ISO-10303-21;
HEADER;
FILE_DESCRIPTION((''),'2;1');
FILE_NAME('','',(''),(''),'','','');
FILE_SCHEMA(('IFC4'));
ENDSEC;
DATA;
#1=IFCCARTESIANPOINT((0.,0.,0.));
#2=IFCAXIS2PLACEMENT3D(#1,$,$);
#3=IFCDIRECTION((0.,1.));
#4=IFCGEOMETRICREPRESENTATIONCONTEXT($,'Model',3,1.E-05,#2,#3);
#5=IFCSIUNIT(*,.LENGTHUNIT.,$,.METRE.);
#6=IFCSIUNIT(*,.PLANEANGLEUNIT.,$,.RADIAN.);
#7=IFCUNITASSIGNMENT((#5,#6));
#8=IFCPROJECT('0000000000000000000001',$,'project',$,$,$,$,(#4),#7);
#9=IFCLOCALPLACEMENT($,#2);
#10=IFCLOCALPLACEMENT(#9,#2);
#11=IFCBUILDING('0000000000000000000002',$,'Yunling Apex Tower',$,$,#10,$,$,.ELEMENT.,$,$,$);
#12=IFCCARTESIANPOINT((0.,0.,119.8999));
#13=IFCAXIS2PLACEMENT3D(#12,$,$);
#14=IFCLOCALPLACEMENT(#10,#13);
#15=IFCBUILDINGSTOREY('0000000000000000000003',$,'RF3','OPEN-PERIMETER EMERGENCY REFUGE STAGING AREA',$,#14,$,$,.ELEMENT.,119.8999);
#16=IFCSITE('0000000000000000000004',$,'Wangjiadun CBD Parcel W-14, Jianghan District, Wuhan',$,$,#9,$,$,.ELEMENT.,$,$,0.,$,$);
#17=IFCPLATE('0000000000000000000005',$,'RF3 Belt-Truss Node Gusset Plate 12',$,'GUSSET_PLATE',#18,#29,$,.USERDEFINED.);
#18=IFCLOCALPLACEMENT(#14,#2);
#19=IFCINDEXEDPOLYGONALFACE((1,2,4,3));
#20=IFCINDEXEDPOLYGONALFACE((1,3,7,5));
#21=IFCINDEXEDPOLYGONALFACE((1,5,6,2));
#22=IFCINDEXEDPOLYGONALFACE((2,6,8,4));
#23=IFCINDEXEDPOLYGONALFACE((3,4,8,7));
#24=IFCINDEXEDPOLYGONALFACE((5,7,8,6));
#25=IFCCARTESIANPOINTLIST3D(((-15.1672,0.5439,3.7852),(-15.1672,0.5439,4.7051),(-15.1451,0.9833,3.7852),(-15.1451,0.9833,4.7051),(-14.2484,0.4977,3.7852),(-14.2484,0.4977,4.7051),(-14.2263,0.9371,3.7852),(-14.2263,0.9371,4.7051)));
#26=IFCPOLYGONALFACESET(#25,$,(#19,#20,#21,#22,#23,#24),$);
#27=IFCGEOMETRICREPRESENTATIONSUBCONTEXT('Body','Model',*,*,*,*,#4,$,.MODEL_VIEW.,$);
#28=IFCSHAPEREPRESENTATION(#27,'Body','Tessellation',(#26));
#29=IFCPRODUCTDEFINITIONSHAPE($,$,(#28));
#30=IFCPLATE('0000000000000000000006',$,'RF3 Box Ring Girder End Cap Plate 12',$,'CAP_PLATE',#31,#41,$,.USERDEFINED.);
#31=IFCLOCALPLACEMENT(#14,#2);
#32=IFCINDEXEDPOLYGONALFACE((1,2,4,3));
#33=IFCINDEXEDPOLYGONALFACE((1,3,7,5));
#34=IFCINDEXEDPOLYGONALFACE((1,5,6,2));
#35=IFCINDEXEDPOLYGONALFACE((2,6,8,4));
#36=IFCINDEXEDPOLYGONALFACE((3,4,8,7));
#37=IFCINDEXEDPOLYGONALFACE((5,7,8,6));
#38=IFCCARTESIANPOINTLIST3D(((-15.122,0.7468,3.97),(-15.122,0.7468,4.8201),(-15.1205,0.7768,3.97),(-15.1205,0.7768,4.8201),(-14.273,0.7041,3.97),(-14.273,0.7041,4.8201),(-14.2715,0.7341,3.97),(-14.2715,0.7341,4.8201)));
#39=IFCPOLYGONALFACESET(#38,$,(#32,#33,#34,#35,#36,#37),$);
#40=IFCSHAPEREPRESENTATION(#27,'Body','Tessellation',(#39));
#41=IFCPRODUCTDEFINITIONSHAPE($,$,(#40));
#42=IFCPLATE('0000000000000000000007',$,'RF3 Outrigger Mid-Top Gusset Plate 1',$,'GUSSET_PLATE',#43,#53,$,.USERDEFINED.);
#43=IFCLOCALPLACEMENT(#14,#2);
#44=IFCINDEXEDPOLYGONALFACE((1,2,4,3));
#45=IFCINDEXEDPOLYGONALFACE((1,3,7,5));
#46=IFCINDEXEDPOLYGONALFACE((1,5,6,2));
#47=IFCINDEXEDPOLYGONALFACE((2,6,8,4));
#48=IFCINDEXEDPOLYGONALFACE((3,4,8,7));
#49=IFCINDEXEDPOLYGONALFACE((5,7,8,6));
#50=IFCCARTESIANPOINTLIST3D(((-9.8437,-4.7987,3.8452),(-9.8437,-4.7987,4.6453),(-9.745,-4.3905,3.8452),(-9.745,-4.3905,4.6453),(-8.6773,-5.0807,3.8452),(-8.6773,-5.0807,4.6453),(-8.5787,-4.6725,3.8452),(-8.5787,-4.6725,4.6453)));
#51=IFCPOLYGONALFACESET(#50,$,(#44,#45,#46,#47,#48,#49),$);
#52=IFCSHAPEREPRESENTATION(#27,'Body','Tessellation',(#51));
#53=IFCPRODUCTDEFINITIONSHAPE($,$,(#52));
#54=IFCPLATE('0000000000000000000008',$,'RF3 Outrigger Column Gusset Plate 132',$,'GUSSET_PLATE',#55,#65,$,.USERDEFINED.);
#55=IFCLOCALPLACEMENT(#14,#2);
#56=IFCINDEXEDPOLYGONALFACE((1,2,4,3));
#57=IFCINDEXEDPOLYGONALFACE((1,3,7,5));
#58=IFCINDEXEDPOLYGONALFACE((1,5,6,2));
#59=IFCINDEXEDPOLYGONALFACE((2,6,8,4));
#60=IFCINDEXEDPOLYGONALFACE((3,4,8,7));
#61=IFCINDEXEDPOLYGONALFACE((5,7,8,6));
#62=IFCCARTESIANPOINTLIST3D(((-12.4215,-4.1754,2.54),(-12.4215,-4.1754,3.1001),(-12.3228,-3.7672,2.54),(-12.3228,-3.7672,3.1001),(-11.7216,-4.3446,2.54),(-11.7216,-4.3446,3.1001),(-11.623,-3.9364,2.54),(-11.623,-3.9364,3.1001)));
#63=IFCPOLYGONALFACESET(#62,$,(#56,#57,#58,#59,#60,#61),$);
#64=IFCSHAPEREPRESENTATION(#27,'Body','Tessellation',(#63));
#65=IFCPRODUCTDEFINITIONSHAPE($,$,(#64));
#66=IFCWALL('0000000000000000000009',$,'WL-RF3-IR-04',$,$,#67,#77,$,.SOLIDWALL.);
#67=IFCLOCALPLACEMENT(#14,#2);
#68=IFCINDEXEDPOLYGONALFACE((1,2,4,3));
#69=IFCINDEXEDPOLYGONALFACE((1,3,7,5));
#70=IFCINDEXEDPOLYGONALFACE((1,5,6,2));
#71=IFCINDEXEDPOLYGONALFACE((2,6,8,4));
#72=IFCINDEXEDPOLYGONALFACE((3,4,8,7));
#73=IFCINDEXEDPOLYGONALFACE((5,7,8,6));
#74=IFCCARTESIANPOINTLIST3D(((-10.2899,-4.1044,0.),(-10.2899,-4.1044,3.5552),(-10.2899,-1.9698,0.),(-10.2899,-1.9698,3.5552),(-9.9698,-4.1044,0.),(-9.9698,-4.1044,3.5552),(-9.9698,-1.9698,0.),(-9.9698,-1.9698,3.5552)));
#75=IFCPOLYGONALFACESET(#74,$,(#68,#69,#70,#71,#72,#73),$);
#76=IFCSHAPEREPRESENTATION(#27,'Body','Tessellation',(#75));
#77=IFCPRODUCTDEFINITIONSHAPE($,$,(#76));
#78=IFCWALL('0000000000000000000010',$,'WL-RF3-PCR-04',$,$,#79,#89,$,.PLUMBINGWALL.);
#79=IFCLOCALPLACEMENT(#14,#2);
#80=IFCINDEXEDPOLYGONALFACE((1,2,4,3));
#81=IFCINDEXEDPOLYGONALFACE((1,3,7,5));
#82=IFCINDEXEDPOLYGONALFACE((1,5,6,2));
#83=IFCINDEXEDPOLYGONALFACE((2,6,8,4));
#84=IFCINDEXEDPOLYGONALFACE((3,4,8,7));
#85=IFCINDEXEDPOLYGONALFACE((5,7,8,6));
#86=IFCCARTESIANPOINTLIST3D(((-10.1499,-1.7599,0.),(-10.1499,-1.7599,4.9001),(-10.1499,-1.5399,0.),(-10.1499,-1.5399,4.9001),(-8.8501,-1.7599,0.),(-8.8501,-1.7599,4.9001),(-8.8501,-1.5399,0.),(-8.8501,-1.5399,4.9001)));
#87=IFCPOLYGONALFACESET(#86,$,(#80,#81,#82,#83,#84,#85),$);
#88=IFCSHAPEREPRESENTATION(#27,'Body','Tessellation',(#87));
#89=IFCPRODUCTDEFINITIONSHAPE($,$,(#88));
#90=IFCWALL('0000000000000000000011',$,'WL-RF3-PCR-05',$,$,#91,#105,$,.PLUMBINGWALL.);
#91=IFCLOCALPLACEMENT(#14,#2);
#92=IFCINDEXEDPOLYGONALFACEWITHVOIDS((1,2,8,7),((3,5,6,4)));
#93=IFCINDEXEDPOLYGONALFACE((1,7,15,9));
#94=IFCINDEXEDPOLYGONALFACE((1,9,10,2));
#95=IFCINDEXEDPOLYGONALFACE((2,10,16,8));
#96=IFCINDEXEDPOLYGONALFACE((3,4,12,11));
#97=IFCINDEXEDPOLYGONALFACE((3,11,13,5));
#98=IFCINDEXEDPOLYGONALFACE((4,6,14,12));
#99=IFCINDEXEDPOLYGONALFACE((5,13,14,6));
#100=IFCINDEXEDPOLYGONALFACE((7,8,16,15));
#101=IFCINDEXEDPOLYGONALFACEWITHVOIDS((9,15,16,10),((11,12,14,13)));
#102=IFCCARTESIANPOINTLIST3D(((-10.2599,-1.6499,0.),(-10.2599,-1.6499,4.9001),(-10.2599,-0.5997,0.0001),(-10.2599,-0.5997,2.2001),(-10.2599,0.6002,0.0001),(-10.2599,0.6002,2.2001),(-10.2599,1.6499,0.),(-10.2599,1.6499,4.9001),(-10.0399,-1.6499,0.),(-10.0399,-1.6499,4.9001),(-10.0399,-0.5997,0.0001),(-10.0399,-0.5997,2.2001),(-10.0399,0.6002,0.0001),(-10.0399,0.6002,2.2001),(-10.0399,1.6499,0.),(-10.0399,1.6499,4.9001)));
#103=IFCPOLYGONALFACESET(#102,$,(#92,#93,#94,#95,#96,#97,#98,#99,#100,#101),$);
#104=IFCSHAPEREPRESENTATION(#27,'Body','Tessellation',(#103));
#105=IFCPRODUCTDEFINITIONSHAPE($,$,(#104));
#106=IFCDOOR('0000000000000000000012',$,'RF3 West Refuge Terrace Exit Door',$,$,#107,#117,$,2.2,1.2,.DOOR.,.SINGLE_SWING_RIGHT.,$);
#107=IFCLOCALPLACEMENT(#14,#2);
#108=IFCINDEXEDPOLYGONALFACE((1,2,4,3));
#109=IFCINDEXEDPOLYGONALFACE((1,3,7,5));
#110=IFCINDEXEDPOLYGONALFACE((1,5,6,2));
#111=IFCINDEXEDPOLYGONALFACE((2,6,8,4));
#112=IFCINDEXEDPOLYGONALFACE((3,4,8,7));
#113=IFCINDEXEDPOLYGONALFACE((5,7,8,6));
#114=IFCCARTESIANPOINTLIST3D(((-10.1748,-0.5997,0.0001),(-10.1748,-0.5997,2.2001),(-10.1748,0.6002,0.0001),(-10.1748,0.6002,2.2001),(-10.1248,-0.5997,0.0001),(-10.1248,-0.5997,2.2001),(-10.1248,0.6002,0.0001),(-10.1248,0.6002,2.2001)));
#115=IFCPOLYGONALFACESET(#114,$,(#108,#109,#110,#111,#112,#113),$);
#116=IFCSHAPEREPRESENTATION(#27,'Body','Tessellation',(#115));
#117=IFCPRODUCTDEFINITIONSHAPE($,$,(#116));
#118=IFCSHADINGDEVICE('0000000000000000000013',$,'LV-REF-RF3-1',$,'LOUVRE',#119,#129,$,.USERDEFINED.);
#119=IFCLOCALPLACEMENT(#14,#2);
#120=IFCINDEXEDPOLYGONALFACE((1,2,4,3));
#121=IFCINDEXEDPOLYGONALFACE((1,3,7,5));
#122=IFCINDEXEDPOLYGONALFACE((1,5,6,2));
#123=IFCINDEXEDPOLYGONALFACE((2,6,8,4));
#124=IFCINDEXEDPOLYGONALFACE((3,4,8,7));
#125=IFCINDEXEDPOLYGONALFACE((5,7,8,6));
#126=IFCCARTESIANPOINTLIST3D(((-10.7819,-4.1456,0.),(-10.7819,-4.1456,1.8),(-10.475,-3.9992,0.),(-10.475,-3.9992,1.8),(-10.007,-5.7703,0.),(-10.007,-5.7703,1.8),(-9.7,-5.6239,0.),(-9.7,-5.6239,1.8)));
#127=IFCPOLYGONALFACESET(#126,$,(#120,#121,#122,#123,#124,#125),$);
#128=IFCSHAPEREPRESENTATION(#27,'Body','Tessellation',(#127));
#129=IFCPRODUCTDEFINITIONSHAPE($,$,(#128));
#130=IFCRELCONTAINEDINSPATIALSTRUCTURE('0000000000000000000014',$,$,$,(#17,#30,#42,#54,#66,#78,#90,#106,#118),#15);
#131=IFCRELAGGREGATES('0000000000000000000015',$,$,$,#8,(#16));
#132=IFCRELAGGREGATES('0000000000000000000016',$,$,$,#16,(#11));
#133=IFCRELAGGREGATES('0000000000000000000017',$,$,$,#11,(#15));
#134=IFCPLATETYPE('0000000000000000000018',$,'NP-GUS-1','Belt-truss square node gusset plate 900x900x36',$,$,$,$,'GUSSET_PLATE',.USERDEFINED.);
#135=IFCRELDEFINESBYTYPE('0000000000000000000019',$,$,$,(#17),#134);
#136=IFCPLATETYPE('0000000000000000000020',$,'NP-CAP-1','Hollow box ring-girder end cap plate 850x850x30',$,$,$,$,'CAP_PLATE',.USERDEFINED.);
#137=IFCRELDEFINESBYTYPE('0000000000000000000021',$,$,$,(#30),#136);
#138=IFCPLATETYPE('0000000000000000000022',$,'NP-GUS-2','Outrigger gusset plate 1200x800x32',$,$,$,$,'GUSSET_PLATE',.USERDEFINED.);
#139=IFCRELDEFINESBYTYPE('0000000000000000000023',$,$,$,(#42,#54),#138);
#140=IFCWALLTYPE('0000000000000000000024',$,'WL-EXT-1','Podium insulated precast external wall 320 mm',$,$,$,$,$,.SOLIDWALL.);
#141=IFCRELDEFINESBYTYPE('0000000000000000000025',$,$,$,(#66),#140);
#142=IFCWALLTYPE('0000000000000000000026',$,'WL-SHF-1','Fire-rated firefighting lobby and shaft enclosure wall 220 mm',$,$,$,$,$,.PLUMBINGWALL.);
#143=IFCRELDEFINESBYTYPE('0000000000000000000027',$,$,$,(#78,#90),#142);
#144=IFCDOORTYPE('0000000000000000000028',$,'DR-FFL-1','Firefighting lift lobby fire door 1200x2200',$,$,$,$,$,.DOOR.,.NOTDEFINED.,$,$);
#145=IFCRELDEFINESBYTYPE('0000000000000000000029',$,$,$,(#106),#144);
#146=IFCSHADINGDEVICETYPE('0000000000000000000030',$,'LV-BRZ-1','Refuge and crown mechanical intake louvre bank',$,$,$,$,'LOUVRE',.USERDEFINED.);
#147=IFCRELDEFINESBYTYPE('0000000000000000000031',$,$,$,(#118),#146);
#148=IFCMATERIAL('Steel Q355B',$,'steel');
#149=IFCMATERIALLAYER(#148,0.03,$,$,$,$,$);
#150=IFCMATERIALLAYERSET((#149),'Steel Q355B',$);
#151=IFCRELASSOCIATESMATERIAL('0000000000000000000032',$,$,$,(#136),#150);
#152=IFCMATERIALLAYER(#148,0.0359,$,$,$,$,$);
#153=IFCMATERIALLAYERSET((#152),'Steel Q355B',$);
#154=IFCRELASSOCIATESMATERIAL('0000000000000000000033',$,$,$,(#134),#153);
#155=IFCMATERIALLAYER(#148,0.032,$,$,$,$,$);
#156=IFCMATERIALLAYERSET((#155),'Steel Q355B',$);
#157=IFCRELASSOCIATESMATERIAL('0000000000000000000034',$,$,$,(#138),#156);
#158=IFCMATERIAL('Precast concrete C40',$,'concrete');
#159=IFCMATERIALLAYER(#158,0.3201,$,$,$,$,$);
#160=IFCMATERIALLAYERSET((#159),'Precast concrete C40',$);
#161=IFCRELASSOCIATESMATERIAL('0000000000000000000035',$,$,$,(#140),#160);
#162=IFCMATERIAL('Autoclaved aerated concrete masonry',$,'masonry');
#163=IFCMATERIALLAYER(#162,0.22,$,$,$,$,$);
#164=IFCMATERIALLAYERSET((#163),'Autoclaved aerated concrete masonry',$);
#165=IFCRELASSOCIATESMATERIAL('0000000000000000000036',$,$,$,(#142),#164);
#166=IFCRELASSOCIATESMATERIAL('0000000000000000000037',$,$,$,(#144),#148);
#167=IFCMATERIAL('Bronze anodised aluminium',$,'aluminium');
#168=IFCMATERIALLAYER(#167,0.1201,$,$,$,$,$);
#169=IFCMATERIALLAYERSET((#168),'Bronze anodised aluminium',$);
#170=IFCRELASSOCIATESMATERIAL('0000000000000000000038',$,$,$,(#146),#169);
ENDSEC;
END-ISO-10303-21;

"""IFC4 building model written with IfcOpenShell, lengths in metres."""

from ifc_helpers import new_model, si_unit, direction, frame, frame_2d, origin, origin_2d, place, context, subcontext, project, spatial, rectangle, extrude, source, transform, mapped, material, layer, layer_set, type_object, element, fill, save


model = new_model("IFC4")

# Units and contexts
model_context = context("Model", 3, precision=1e-05, world=origin(), true_north=direction((0.0, 1.0)))
body_context = subcontext(model_context, "Body", "Model", "MODEL_VIEW")
ifc_project = project(units=[si_unit("LENGTHUNIT", "METRE"), si_unit("PLANEANGLEUNIT", "RADIAN")], contexts=[model_context])

# Site, building, storey
site_placement = place(None, origin())
site = spatial("IfcSite", under=ifc_project, at=site_placement, Name="Wangjiadun CBD Parcel W-14, Jianghan District, Wuhan", CompositionType="ELEMENT", RefElevation=0.0)
building_placement = place(site_placement, origin())
building = spatial("IfcBuilding", under=site, at=building_placement, Name="Yunling Apex Tower", CompositionType="ELEMENT")
storey_placement = place(building_placement, frame((0.0, 0.0, 119.8999)))
storey = spatial("IfcBuildingStorey", under=building, at=storey_placement, Name="RF3", Description="OPEN-PERIMETER EMERGENCY REFUGE STAGING AREA", CompositionType="ELEMENT", Elevation=119.8999)

# Shared definitions
ifc_material_1 = material(Name="Steel Q355B", Category="steel")

# Plates
ifc_layer_1 = layer(ifc_material_1, 0.03)
ifc_layer_set_1 = layer_set([ifc_layer_1], Name="Steel Q355B")
plate_type_1 = type_object("IfcPlateType", Name="NP-CAP-1", Description="Hollow box ring-girder end cap plate 850x850x30", ElementType="CAP_PLATE", PredefinedType="USERDEFINED", material=ifc_layer_set_1)
ifc_layer_2 = layer(ifc_material_1, 0.0359)
ifc_layer_set_2 = layer_set([ifc_layer_2], Name="Steel Q355B")
plate_type_2 = type_object("IfcPlateType", Name="NP-GUS-1", Description="Belt-truss square node gusset plate 900x900x36", ElementType="GUSSET_PLATE", PredefinedType="USERDEFINED", material=ifc_layer_set_2)
shared_shape_1 = source(origin(), body_context, "Body", "SweptSolid", [
    extrude(rectangle(XDim=0.9199, YDim=0.4399, at=origin_2d()), origin(), (0.0, 0.0, 1.0), 0.9199),
])
plate_1_placement = place(storey_placement, frame((-14.6968, 0.7405, 3.7852), z_axis=(0.0, 0.0, 1.0), x_axis=(-0.998737, 0.050244, 0.0)))
element("IfcPlate", 1, at=plate_1_placement, inside=storey, type_object=plate_type_2, Name="RF3 Belt-Truss Node Gusset Plate 12", ObjectType="GUSSET_PLATE", PredefinedType="USERDEFINED", context=body_context, shape_type="MappedRepresentation", body=[
    mapped(shared_shape_1, transform((0.0, 0.0, 0.0), scale=1.0)),
])
shared_shape_2 = source(origin(), body_context, "Body", "SweptSolid", [
    extrude(rectangle(XDim=0.8501, YDim=0.03, at=origin_2d()), origin(), (0.0, 0.0, 1.0), 0.8501),
])
plate_2_placement = place(storey_placement, frame((-14.6968, 0.7405, 3.97), z_axis=(0.0, 0.0, 1.0), x_axis=(-0.998737, 0.050244, 0.0)))
element("IfcPlate", 2, at=plate_2_placement, inside=storey, type_object=plate_type_1, Name="RF3 Box Ring Girder End Cap Plate 12", ObjectType="CAP_PLATE", PredefinedType="USERDEFINED", context=body_context, shape_type="MappedRepresentation", body=[
    mapped(shared_shape_2, transform((0.0, 0.0, 0.0), scale=1.0)),
])
ifc_layer_3 = layer(ifc_material_1, 0.032)
ifc_layer_set_3 = layer_set([ifc_layer_3], Name="Steel Q355B")
plate_type_3 = type_object("IfcPlateType", Name="NP-GUS-2", Description="Outrigger gusset plate 1200x800x32", ElementType="GUSSET_PLATE", PredefinedType="USERDEFINED", material=ifc_layer_set_3)
shared_shape_3 = source(origin(), body_context, "Body", "SweptSolid", [
    extrude(rectangle(XDim=1.2, YDim=0.4199, at=origin_2d()), origin(), (0.0, 0.0, 1.0), 0.8),
])
plate_3_placement = place(storey_placement, frame((-9.2112, -4.7356, 3.8452), z_axis=(0.0, 0.0, 1.0), x_axis=(-0.972002, 0.234972, 0.0)))
element("IfcPlate", 3, at=plate_3_placement, inside=storey, type_object=plate_type_3, Name="RF3 Outrigger Mid-Top Gusset Plate 1", ObjectType="GUSSET_PLATE", PredefinedType="USERDEFINED", context=body_context, shape_type="MappedRepresentation", body=[
    mapped(shared_shape_3, transform((0.0, 0.0, 0.0), scale=1.0)),
])
shared_shape_4 = source(origin(), body_context, "Body", "SweptSolid", [
    extrude(rectangle(XDim=0.72, YDim=0.4199, at=origin_2d()), origin(), (0.0, 0.0, 1.0), 0.5601),
])
plate_4_placement = place(storey_placement, frame((-12.0222, -4.0559, 2.54), z_axis=(0.0, 0.0, 1.0), x_axis=(-0.972002, 0.234972, 0.0)))
element("IfcPlate", 4, at=plate_4_placement, inside=storey, type_object=plate_type_3, Name="RF3 Outrigger Column Gusset Plate 132", ObjectType="GUSSET_PLATE", PredefinedType="USERDEFINED", context=body_context, shape_type="MappedRepresentation", body=[
    mapped(shared_shape_4, transform((0.0, 0.0, 0.0), scale=1.0)),
])

# Walls
ifc_material_2 = material(Name="Precast concrete C40", Category="concrete")
ifc_layer_4 = layer(ifc_material_2, 0.3201)
ifc_layer_set_4 = layer_set([ifc_layer_4], Name="Precast concrete C40")
wall_type_1 = type_object("IfcWallType", Name="WL-EXT-1", Description="Podium insulated precast external wall 320 mm", PredefinedType="SOLIDWALL", material=ifc_layer_set_4)
wall_1_placement = place(storey_placement, frame((-10.1299, -4.1045, 0.0), z_axis=(0.0, 0.0, 1.0), x_axis=(0.0, 1.0, 0.0)))
element("IfcWall", 5, at=wall_1_placement, inside=storey, type_object=wall_type_1, Name="WL-RF3-IR-04", PredefinedType="SOLIDWALL", context=body_context, shape_type="SweptSolid", body=[
    extrude(rectangle(XDim=2.1345, YDim=0.3201, at=frame_2d((1.0674, 0.0))), origin(), (0.0, 0.0, 1.0), 3.5552),
])
ifc_material_3 = material(Name="Autoclaved aerated concrete masonry", Category="masonry")
ifc_layer_5 = layer(ifc_material_3, 0.22)
ifc_layer_set_5 = layer_set([ifc_layer_5], Name="Autoclaved aerated concrete masonry")
wall_type_2 = type_object("IfcWallType", Name="WL-SHF-1", Description="Fire-rated firefighting lobby and shaft enclosure wall 220 mm", PredefinedType="PLUMBINGWALL", material=ifc_layer_set_5)
wall_2_placement = place(storey_placement, frame((-8.8501, -1.6499, 0.0), z_axis=(0.0, 0.0, 1.0), x_axis=(-1.0, 0.0, 0.0)))
element("IfcWall", 6, at=wall_2_placement, inside=storey, type_object=wall_type_2, Name="WL-RF3-PCR-04", PredefinedType="PLUMBINGWALL", context=body_context, shape_type="SweptSolid", body=[
    extrude(rectangle(XDim=1.2998, YDim=0.22, at=frame_2d((0.6499, 0.0))), origin(), (0.0, 0.0, 1.0), 4.9001),
])

# Wall, opening, door
wall_3_placement = place(storey_placement, frame((-10.1499, -1.6499, 0.0), z_axis=(0.0, 0.0, 1.0), x_axis=(0.0, 1.0, 0.0)))
wall_3 = element("IfcWall", 7, at=wall_3_placement, inside=storey, type_object=wall_type_2, Name="WL-RF3-PCR-05", PredefinedType="PLUMBINGWALL", context=body_context, shape_type="SweptSolid", body=[
    extrude(rectangle(XDim=3.2998, YDim=0.22, at=frame_2d((1.6499, 0.0))), origin(), (0.0, 0.0, 1.0), 4.9001),
])
opening_placement = place(wall_3_placement, frame((1.05, 0.0, 0.0)))
opening = element("IfcOpeningElement", 8, at=opening_placement, cuts=wall_3, PredefinedType="OPENING", context=body_context, shape_type="SweptSolid", body=[
    extrude(rectangle(XDim=1.2, YDim=2.2, at=frame_2d((0.6001, 1.1001))), frame((0.0, 0.1201, 0.0), z_axis=(0.0, -1.0, 0.0), x_axis=(1.0, 0.0, 0.0)), (0.0, 0.0, 1.0), 0.24),
])
door_type = type_object("IfcDoorType", Name="DR-FFL-1", Description="Firefighting lift lobby fire door 1200x2200", OperationType="NOTDEFINED", PredefinedType="DOOR", material=ifc_material_1)
door_placement = place(opening_placement, origin())
door = element("IfcDoor", 9, at=door_placement, inside=storey, type_object=door_type, Name="RF3 West Refuge Terrace Exit Door", OperationType="SINGLE_SWING_RIGHT", OverallHeight=2.2, OverallWidth=1.2, PredefinedType="DOOR", context=body_context, shape_type="SweptSolid", body=[
    extrude(rectangle(XDim=1.2, YDim=2.2, at=frame_2d((0.6001, 1.1001))), frame((0.0, 0.0249, 0.0), z_axis=(0.0, -1.0, 0.0), x_axis=(1.0, 0.0, 0.0)), (0.0, 0.0, 1.0), 0.05),
])
fill(opening, door)

# Shading device
ifc_material_4 = material(Name="Bronze anodised aluminium", Category="aluminium")
ifc_layer_6 = layer(ifc_material_4, 0.1201)
ifc_layer_set_6 = layer_set([ifc_layer_6], Name="Bronze anodised aluminium")
shading_device_type = type_object("IfcShadingDeviceType", Name="LV-BRZ-1", Description="Refuge and crown mechanical intake louvre bank", ElementType="LOUVRE", PredefinedType="USERDEFINED", material=ifc_layer_set_6)
shared_shape_5 = source(origin(), body_context, "Body", "SweptSolid", [
    extrude(rectangle(XDim=1.8, YDim=0.3401, at=origin_2d()), origin(), (0.0, 0.0, 1.0), 1.8),
])
shading_device_placement = place(storey_placement, frame((-10.241, -4.8848, 0.0), z_axis=(0.0, 0.0, 1.0), x_axis=(-0.430511, 0.902585, 0.0)))
element("IfcShadingDevice", 10, at=shading_device_placement, inside=storey, type_object=shading_device_type, Name="LV-REF-RF3-1", ObjectType="LOUVRE", PredefinedType="USERDEFINED", context=body_context, shape_type="MappedRepresentation", body=[
    mapped(shared_shape_5, transform((0.0, 0.0, 0.0), scale=1.0)),
])

save(model, "model.ifc")
